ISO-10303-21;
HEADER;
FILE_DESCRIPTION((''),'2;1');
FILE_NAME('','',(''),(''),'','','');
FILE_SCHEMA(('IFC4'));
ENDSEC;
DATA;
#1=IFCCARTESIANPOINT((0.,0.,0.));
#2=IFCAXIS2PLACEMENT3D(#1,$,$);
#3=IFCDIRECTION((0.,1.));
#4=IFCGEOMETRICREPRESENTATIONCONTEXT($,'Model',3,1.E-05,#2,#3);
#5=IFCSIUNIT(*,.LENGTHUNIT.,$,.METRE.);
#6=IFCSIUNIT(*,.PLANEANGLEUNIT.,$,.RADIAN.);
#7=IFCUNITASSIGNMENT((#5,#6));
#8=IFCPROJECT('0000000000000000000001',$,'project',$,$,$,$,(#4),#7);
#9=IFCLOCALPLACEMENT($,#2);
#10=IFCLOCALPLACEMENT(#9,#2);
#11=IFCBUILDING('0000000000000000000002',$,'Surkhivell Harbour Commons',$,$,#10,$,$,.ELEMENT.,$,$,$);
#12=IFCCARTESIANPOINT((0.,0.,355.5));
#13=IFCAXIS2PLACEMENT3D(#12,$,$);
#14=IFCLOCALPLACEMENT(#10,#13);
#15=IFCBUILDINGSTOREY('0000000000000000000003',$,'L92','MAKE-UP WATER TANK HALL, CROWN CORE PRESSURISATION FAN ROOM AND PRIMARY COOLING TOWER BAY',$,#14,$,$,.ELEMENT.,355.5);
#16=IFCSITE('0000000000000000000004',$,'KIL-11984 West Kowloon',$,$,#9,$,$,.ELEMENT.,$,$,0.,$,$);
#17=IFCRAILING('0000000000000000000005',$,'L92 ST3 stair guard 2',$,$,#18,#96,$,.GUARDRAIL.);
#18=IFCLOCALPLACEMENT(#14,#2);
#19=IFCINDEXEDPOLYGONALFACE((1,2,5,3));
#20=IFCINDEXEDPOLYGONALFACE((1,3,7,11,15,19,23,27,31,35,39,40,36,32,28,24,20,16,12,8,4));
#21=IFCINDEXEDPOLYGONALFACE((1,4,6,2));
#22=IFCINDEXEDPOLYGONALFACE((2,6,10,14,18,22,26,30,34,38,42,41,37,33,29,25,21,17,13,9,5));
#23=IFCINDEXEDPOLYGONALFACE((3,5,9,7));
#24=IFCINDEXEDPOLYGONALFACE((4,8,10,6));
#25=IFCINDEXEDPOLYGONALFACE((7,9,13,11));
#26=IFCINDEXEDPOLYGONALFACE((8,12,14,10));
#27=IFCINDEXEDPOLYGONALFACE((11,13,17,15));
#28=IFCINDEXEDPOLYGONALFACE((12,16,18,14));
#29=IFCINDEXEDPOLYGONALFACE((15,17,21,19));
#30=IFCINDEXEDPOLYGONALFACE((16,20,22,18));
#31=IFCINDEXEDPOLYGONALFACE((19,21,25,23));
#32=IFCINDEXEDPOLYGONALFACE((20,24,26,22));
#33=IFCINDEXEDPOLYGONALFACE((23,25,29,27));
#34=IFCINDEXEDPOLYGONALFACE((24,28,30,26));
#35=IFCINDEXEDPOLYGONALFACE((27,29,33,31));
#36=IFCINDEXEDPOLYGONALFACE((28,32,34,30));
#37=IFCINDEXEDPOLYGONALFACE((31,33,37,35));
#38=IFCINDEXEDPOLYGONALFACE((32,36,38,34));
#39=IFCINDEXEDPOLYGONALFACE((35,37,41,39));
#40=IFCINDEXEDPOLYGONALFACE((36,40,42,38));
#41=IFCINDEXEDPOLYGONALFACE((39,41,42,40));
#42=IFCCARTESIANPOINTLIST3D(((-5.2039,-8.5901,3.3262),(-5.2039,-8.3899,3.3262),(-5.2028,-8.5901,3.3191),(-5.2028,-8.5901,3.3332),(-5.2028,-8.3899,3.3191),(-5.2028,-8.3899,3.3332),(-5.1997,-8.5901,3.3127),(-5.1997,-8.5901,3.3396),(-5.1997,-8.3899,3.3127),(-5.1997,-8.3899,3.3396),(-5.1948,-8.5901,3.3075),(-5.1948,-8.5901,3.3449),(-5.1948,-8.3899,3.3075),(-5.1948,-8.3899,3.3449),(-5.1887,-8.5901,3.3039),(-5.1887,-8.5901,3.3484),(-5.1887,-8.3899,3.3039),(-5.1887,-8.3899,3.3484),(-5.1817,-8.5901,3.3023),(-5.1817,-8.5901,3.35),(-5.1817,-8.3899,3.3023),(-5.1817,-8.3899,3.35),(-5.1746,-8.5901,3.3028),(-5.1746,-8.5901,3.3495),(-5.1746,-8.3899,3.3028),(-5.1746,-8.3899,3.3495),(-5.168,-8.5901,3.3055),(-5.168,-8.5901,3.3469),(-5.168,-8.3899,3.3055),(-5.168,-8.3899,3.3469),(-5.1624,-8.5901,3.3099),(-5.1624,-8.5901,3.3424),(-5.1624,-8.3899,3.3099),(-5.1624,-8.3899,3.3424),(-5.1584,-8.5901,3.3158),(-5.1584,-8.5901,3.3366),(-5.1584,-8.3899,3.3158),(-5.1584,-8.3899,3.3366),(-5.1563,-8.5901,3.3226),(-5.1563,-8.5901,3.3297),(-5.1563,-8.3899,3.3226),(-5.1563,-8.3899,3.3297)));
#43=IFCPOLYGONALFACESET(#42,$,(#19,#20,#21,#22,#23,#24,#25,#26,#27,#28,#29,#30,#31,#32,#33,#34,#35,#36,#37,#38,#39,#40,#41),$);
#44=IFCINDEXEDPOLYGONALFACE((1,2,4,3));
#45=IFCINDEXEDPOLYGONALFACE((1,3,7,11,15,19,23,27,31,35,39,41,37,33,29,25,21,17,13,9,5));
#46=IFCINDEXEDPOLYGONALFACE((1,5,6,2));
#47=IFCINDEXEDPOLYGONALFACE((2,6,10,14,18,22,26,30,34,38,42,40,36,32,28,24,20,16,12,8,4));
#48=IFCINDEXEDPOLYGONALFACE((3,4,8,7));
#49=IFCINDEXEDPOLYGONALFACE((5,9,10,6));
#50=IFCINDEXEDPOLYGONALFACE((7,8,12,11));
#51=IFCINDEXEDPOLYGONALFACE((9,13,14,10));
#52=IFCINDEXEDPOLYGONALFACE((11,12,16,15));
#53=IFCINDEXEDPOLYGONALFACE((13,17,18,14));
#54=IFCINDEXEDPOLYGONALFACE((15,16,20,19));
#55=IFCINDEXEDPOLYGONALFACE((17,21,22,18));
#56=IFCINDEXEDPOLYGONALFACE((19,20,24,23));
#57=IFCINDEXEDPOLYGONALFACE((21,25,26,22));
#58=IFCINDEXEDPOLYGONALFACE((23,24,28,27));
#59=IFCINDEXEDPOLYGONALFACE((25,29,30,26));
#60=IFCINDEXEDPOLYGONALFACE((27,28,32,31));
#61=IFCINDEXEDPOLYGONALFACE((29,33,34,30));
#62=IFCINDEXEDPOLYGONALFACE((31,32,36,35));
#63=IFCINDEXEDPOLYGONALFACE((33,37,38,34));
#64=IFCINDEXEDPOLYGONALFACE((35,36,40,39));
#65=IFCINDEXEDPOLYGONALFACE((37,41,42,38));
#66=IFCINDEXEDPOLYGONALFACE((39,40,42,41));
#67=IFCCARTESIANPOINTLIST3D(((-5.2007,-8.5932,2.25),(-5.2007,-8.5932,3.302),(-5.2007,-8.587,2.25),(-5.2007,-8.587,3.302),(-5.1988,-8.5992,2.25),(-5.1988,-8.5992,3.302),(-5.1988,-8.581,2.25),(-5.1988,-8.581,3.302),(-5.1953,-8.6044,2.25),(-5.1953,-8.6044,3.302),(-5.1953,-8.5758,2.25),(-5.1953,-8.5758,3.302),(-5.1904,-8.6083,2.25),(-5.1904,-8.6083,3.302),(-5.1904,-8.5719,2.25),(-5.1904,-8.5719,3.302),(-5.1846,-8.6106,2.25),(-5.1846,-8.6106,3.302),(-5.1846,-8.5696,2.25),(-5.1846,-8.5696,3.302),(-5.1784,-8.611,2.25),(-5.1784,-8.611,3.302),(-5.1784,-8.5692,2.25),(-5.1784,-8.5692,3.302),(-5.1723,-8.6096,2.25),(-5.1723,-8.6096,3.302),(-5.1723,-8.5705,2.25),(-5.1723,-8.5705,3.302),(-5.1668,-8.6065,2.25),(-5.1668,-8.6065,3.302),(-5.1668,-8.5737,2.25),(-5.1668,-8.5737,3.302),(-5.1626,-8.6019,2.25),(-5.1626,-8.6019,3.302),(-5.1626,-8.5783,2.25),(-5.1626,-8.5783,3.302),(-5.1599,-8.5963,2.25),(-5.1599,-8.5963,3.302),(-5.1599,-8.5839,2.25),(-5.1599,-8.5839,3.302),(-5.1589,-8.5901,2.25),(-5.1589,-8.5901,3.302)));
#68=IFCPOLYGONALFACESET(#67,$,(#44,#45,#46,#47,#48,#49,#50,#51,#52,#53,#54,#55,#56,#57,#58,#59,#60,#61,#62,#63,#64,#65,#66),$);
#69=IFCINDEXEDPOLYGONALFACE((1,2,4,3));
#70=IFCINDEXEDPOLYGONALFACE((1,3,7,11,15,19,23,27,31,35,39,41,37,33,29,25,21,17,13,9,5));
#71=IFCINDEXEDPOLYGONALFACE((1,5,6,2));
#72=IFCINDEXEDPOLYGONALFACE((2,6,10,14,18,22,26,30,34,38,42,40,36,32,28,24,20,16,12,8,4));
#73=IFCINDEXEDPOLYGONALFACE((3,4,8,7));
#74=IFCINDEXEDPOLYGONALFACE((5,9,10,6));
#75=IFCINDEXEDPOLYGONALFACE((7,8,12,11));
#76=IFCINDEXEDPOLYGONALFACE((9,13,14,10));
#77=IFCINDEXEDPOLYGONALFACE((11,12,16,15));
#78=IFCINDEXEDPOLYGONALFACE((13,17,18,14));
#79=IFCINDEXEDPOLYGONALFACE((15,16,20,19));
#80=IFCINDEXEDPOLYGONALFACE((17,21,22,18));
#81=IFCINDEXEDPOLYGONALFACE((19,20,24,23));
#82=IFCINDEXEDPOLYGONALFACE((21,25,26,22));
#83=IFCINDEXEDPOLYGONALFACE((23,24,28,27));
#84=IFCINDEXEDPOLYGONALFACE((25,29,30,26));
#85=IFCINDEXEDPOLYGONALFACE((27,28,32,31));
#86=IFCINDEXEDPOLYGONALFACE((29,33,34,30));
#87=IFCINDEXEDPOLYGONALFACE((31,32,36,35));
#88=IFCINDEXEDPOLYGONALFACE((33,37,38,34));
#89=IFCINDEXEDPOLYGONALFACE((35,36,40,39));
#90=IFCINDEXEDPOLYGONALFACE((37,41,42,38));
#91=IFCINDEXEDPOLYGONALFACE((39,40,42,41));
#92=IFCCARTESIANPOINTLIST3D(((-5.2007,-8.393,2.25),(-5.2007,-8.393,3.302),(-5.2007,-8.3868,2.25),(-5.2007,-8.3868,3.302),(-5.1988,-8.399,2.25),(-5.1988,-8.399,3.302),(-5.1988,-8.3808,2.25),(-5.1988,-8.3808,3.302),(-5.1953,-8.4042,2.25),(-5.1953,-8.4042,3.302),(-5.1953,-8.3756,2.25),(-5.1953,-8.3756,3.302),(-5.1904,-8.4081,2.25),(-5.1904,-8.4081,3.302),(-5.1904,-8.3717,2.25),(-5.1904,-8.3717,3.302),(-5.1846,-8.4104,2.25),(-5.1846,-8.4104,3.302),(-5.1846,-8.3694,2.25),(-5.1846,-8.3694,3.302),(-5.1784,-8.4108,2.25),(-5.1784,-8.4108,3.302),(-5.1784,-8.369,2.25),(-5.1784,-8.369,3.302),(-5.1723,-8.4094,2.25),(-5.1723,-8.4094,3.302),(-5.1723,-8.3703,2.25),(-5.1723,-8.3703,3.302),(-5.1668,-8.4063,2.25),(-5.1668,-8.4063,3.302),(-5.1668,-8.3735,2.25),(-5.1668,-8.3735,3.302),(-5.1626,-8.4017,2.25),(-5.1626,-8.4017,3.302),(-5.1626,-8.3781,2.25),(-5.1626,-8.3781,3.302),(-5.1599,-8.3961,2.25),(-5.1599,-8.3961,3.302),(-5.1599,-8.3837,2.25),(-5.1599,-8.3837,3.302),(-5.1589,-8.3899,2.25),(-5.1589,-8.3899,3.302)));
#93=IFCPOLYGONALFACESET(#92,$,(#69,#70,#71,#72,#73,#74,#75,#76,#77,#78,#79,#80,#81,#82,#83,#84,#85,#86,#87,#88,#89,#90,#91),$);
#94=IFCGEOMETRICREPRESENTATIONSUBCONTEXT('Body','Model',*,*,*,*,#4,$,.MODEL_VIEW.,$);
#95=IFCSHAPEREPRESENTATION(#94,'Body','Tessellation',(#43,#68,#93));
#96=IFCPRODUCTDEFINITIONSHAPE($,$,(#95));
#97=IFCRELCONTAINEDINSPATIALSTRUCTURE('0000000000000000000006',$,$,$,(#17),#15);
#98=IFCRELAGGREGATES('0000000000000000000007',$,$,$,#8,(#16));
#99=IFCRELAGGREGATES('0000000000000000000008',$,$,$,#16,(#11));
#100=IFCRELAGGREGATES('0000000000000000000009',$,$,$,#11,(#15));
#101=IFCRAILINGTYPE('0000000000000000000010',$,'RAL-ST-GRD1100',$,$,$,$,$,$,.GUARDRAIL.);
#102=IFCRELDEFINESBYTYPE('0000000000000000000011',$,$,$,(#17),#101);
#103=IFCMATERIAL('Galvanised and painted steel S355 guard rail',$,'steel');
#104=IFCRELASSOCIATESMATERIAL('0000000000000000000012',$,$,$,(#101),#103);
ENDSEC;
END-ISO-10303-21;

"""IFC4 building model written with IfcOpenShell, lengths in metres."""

from ifc_helpers import new_model, si_unit, direction, frame, origin, origin_2d, place, context, subcontext, project, spatial, circle, extrude, material, type_object, element, save


model = new_model("IFC4")

# Units and contexts
model_context = context("Model", 3, precision=1e-05, world=origin(), true_north=direction((0.0, 1.0)))
body_context = subcontext(model_context, "Body", "Model", "MODEL_VIEW")
ifc_project = project(units=[si_unit("LENGTHUNIT", "METRE"), si_unit("PLANEANGLEUNIT", "RADIAN")], contexts=[model_context])

# Site, building, storey
site_placement = place(None, origin())
site = spatial("IfcSite", under=ifc_project, at=site_placement, Name="KIL-11984 West Kowloon", CompositionType="ELEMENT", RefElevation=0.0)
building_placement = place(site_placement, origin())
building = spatial("IfcBuilding", under=site, at=building_placement, Name="Surkhivell Harbour Commons", CompositionType="ELEMENT")
storey_placement = place(building_placement, frame((0.0, 0.0, 355.5)))
storey = spatial("IfcBuildingStorey", under=building, at=storey_placement, Name="L92", Description="MAKE-UP WATER TANK HALL, CROWN CORE PRESSURISATION FAN ROOM AND PRIMARY COOLING TOWER BAY", CompositionType="ELEMENT", Elevation=355.5)

# Railing
ifc_material_1 = material(Name="Galvanised and painted steel S355 guard rail", Category="steel")
railing_type_1 = type_object("IfcRailingType", Name="RAL-ST-GRD1100", PredefinedType="GUARDRAIL", material=ifc_material_1)
railing_1_placement = place(storey_placement, frame((-5.1799, -8.5901, 2.25)))
element("IfcRailing", 1, at=railing_1_placement, inside=storey, type_object=railing_type_1, Name="L92 ST3 stair guard 2", PredefinedType="GUARDRAIL", context=body_context, shape_type="SweptSolid", body=[
    extrude(circle(Radius=0.0239, at=origin_2d()), frame((0.0, 0.0, 1.0762), z_axis=(0.0, 1.0, 0.0), x_axis=(-1.0, 0.0, 0.0)), (0.0, 0.0, 1.0), 0.2002),
    extrude(circle(Radius=0.021, at=origin_2d()), origin(), (0.0, 0.0, 1.0), 1.052),
    extrude(circle(Radius=0.021, at=origin_2d()), frame((0.0, 0.2002, 0.0)), (0.0, 0.0, 1.0), 1.052),
])

save(model, "model.ifc")
